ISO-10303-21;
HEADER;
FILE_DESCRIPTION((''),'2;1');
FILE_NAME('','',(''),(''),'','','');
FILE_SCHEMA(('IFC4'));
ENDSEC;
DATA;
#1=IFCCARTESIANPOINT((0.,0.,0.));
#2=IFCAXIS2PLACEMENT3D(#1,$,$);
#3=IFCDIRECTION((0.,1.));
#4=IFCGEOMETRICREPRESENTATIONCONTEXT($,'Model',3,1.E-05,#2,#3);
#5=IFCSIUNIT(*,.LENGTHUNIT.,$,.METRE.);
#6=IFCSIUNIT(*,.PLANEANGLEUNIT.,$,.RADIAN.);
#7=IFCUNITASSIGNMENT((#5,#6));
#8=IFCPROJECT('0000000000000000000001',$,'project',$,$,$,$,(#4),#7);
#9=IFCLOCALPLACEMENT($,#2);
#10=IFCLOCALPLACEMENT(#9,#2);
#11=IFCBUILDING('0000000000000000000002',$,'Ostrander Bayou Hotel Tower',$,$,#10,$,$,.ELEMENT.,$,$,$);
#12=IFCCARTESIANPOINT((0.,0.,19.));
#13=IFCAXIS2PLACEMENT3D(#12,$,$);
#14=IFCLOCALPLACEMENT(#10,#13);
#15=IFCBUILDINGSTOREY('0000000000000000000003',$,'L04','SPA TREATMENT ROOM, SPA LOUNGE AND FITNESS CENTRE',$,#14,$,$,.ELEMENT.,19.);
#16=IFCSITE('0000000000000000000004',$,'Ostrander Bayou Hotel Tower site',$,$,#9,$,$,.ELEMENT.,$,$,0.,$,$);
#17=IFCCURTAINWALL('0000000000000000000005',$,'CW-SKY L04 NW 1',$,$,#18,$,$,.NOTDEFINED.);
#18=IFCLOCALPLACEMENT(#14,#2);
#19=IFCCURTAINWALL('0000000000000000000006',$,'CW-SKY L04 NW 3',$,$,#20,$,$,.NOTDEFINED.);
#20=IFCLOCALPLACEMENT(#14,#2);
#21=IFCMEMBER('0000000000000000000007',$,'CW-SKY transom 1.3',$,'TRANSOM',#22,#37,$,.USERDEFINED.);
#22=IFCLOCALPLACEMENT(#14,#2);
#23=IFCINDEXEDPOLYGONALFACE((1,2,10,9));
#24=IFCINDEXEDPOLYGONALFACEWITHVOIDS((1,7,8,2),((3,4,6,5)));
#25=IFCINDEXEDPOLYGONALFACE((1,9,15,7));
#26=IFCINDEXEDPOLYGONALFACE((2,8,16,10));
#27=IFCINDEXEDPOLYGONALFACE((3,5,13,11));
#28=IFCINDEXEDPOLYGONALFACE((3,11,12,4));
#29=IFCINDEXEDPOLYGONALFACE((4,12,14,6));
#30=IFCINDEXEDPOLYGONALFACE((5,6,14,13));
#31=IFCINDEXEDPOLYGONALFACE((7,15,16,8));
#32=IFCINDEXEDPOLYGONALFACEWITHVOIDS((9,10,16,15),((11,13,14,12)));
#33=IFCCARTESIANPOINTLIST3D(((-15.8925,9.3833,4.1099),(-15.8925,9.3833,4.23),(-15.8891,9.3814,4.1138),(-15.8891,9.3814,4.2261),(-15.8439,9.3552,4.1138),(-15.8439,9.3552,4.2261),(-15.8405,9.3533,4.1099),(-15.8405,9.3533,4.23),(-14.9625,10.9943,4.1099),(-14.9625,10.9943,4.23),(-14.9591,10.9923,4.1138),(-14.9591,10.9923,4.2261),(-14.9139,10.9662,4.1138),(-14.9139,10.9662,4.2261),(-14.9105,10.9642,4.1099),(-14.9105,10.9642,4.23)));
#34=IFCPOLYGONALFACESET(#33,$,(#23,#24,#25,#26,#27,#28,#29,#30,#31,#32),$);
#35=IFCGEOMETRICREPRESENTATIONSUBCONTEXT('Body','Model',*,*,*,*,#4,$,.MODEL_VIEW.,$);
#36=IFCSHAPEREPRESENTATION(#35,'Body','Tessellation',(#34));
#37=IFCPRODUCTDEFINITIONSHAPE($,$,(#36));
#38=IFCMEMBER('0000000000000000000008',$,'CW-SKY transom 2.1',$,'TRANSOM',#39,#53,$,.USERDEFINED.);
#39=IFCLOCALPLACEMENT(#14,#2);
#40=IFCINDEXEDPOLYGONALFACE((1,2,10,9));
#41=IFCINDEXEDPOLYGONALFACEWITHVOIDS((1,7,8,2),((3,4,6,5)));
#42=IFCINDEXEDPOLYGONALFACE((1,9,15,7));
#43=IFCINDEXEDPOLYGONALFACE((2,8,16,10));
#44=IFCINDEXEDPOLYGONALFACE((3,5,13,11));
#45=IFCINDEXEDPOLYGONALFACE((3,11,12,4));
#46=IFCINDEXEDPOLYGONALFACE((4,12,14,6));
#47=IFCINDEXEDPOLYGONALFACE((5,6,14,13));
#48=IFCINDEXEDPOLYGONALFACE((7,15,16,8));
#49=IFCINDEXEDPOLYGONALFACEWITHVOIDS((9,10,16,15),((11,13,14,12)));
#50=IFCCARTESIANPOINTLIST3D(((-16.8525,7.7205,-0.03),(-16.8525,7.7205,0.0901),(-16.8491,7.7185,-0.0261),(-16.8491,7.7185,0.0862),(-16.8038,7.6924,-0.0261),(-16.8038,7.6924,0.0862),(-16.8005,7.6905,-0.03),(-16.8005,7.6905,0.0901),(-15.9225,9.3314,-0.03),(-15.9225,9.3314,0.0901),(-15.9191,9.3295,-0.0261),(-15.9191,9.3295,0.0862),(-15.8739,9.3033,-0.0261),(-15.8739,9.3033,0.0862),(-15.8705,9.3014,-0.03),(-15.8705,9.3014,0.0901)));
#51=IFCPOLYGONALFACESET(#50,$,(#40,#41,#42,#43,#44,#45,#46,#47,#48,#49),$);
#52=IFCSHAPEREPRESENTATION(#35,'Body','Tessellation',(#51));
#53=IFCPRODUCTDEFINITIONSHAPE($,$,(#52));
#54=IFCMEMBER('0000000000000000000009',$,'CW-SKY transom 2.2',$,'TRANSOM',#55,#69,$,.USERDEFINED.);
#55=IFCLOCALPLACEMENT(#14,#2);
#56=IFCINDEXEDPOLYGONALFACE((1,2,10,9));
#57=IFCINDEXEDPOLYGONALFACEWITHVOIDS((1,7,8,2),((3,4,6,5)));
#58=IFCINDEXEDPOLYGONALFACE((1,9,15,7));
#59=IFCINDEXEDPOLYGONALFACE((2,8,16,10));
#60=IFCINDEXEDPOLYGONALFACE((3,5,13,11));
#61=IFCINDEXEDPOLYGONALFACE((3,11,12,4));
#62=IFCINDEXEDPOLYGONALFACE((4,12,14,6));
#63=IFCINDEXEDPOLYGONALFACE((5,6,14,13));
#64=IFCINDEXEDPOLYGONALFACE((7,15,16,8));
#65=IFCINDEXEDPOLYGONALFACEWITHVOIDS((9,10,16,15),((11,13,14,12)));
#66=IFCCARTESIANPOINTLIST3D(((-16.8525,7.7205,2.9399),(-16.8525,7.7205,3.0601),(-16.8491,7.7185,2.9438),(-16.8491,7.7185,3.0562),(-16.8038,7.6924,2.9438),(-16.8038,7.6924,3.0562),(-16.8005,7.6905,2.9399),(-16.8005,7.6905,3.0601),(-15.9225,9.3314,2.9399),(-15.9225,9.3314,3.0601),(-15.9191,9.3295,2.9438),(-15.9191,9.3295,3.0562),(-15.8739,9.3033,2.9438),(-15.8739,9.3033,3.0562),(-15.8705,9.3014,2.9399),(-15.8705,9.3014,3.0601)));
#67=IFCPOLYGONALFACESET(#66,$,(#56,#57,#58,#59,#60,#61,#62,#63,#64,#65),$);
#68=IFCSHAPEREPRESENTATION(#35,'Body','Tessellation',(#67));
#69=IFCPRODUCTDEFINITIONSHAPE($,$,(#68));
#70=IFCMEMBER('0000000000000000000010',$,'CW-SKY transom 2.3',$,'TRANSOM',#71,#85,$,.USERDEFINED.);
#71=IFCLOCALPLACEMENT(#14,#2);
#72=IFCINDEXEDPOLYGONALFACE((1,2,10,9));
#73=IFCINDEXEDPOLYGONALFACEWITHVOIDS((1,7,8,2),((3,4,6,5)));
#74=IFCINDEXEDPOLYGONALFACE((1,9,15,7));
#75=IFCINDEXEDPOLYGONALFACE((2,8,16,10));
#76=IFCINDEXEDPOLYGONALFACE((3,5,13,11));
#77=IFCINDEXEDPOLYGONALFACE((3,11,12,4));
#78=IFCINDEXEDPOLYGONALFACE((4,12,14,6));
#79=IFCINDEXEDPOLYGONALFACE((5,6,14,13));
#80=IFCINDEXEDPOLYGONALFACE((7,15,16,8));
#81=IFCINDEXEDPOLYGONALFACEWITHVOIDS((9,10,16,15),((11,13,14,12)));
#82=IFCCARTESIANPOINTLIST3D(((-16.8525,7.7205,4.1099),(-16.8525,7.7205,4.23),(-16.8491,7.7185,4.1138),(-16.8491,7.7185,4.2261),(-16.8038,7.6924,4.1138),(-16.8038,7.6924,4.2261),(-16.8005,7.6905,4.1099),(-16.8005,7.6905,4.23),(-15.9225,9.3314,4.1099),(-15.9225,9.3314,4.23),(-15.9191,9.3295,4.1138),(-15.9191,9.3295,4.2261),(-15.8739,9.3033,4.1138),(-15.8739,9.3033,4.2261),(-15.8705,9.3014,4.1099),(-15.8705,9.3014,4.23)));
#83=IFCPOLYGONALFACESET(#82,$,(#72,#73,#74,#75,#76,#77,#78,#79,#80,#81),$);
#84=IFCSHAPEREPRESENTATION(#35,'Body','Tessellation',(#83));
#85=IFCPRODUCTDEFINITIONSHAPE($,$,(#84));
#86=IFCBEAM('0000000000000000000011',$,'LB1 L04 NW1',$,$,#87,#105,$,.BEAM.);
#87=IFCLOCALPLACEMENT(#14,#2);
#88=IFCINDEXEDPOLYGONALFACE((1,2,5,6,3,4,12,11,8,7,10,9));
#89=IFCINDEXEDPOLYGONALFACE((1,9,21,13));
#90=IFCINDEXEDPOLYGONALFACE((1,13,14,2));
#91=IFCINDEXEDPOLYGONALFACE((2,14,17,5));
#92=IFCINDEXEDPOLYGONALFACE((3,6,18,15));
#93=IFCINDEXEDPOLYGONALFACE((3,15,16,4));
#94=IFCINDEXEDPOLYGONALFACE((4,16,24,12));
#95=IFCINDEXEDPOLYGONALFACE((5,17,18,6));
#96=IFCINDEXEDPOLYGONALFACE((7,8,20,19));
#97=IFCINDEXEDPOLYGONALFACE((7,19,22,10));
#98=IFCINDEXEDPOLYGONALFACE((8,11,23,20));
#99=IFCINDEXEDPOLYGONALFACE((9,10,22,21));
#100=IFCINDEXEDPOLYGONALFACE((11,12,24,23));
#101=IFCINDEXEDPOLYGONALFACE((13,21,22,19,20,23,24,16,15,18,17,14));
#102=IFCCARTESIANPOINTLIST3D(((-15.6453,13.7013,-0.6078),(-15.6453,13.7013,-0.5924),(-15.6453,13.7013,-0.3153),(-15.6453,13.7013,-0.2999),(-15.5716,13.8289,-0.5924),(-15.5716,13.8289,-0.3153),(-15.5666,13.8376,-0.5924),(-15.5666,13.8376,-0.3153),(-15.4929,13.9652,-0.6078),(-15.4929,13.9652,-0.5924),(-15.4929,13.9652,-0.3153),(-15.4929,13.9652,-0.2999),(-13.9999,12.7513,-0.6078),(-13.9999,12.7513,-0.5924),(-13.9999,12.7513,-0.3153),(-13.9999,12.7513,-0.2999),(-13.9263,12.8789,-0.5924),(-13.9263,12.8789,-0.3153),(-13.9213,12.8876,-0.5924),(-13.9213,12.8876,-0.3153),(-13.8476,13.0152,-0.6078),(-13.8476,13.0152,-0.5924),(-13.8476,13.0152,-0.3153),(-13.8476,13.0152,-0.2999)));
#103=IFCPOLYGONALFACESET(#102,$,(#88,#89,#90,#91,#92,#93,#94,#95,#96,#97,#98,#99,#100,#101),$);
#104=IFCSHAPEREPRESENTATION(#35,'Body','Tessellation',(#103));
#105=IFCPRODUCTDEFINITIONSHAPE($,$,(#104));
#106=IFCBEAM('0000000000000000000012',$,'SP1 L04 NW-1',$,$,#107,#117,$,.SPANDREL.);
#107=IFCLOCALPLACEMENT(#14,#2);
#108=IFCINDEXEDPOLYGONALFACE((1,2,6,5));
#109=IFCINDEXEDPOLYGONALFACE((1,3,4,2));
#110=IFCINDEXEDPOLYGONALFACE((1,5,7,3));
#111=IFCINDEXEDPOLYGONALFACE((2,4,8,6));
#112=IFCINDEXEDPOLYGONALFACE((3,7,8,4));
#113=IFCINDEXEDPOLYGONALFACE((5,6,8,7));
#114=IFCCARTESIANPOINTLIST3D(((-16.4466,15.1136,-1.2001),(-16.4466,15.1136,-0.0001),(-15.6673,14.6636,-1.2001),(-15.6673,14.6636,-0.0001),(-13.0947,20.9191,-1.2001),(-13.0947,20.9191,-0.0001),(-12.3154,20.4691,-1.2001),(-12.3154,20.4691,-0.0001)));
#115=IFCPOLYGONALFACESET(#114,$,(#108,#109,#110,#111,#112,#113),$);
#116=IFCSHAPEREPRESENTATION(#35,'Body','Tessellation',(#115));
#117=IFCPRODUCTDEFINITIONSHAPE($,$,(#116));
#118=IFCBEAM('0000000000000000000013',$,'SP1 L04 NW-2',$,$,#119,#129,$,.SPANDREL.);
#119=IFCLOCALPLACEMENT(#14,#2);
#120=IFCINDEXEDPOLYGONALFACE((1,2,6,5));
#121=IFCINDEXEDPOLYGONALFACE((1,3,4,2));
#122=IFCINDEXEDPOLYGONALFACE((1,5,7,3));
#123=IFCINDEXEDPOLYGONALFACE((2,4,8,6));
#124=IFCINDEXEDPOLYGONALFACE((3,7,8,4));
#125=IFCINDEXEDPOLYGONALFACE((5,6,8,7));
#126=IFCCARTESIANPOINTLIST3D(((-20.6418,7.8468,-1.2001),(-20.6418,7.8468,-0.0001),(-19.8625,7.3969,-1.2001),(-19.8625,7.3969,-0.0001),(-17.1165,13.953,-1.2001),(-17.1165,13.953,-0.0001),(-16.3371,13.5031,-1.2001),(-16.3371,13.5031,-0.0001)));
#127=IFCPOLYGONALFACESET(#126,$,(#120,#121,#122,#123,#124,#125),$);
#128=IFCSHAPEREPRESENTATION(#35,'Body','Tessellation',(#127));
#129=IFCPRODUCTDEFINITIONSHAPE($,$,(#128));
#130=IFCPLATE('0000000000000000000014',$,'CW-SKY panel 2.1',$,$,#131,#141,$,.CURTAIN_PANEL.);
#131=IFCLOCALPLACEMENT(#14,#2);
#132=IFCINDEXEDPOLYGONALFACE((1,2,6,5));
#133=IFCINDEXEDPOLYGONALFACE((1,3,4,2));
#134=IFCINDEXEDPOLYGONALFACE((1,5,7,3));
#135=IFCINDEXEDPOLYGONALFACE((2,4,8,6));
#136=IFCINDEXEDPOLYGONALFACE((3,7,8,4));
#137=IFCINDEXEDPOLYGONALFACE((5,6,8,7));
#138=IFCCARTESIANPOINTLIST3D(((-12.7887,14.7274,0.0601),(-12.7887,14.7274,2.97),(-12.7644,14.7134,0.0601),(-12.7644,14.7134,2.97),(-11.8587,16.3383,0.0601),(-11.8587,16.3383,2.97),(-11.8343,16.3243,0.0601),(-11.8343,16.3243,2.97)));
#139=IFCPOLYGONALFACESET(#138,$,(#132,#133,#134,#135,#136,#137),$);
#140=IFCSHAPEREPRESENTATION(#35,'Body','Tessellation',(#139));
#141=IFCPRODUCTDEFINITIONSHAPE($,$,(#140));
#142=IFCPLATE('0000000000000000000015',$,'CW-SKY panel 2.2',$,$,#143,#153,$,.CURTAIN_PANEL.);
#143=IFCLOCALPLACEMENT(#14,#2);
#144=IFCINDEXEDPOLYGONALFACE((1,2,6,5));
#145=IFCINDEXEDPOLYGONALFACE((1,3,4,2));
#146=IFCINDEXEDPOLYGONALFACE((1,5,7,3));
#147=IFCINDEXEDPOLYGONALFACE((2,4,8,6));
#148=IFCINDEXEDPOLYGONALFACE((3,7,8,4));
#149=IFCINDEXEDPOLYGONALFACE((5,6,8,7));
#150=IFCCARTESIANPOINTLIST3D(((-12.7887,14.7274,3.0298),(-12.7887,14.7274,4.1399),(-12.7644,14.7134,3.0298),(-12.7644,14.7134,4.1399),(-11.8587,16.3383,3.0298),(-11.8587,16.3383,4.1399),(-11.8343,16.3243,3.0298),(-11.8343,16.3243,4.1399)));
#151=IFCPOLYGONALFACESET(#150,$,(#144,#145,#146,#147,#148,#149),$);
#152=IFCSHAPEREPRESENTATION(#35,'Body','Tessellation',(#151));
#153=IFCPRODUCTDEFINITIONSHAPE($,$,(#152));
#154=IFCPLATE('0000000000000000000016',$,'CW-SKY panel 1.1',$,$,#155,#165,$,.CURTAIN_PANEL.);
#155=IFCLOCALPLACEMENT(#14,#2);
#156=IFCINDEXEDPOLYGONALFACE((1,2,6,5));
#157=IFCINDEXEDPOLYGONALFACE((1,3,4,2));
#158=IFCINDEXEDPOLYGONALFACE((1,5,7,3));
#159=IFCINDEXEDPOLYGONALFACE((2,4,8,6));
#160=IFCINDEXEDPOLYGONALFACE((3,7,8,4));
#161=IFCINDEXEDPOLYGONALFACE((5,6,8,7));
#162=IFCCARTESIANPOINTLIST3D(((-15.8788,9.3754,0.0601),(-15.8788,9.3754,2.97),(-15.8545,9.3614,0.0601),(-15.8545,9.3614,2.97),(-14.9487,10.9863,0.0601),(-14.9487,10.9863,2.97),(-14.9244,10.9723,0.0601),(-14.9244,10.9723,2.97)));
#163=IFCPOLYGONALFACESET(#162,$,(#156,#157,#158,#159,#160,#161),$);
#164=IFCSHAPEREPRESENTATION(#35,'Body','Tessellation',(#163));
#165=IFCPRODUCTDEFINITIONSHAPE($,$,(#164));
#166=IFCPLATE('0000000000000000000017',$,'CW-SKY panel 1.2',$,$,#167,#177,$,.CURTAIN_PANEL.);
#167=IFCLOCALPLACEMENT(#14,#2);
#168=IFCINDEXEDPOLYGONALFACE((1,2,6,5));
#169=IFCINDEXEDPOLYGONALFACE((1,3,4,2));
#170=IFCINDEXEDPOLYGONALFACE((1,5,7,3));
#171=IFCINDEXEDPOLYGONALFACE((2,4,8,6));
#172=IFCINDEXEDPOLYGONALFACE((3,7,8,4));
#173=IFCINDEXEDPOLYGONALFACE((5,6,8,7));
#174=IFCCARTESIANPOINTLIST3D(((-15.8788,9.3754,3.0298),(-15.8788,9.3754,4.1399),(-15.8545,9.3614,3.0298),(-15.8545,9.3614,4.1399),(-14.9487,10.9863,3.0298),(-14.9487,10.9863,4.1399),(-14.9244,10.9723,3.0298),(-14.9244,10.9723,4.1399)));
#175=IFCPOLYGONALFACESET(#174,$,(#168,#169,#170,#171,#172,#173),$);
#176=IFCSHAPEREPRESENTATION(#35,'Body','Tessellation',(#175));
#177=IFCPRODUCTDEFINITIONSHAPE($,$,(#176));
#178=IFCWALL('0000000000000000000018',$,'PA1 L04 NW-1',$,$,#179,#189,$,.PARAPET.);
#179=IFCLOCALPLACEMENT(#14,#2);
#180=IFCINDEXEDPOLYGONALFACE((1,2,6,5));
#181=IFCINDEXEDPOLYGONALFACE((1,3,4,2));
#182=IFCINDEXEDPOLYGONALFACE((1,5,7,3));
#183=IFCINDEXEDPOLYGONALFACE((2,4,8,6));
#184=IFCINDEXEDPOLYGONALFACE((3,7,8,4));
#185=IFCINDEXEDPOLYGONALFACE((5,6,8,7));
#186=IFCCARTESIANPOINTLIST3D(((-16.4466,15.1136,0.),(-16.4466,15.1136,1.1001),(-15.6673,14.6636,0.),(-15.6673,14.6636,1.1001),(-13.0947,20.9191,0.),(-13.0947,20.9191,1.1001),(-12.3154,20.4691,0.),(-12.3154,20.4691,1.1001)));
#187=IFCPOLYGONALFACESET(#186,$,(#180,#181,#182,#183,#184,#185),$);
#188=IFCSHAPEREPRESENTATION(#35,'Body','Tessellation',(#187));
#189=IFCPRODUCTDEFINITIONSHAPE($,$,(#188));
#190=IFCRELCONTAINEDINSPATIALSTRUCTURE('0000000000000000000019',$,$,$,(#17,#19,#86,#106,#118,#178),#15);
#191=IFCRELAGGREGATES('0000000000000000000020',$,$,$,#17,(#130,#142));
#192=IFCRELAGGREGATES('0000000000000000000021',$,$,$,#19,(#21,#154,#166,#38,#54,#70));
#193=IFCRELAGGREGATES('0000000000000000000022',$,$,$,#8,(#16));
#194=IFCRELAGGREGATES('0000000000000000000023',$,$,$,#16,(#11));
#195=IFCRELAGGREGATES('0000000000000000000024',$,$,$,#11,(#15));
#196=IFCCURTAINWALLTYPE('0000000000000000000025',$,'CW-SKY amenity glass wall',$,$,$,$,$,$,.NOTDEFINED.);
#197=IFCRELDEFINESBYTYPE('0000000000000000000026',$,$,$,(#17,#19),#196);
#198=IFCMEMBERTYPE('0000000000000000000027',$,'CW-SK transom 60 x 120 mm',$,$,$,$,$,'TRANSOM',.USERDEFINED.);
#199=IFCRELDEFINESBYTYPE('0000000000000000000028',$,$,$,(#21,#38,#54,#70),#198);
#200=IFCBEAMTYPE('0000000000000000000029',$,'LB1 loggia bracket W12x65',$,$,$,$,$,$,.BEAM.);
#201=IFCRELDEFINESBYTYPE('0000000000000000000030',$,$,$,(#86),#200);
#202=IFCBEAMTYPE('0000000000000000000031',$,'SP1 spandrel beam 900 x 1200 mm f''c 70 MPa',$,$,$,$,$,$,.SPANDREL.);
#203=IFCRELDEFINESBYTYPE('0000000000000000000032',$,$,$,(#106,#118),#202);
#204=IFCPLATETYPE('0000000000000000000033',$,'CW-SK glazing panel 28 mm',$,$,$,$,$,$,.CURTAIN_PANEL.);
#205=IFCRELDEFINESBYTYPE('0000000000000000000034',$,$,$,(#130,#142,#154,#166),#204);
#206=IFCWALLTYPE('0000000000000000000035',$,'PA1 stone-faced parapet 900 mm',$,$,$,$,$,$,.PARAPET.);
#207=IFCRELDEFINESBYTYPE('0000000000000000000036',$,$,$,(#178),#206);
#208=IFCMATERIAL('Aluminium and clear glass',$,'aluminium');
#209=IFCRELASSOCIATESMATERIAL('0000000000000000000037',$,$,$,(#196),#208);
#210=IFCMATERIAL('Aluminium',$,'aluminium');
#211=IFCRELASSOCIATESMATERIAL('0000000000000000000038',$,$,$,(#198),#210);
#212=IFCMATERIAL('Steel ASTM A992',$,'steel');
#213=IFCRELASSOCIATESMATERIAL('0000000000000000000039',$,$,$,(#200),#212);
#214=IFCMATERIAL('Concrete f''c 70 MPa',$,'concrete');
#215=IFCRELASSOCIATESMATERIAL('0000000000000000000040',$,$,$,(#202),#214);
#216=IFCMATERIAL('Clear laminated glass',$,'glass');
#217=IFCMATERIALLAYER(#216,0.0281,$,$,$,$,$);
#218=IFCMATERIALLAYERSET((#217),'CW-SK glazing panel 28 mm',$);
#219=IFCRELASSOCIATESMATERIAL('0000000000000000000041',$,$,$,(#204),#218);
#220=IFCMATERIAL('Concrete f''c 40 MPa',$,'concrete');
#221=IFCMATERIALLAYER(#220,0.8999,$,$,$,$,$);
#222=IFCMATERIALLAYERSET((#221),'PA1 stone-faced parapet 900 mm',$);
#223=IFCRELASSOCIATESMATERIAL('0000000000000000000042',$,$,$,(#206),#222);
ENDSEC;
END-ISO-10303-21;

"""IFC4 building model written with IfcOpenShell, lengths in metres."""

from ifc_helpers import new_model, si_unit, direction, frame, frame_2d, origin, origin_2d, place, context, subcontext, project, spatial, rectangle, hollow_rectangle, i_section, extrude, material, layer, layer_set, material_profile, profile_set, type_object, element, aggregate, save


model = new_model("IFC4")

# Units and contexts
model_context = context("Model", 3, precision=1e-05, world=origin(), true_north=direction((0.0, 1.0)))
body_context = subcontext(model_context, "Body", "Model", "MODEL_VIEW")
ifc_project = project(units=[si_unit("LENGTHUNIT", "METRE"), si_unit("PLANEANGLEUNIT", "RADIAN")], contexts=[model_context])

# Site, building, storey
site_placement = place(None, origin())
site = spatial("IfcSite", under=ifc_project, at=site_placement, Name="Ostrander Bayou Hotel Tower site", CompositionType="ELEMENT", RefElevation=0.0)
building_placement = place(site_placement, origin())
building = spatial("IfcBuilding", under=site, at=building_placement, Name="Ostrander Bayou Hotel Tower", CompositionType="ELEMENT")
storey_placement = place(building_placement, frame((0.0, 0.0, 19.0)))
storey = spatial("IfcBuildingStorey", under=building, at=storey_placement, Name="L04", Description="SPA TREATMENT ROOM, SPA LOUNGE AND FITNESS CENTRE", CompositionType="ELEMENT", Elevation=19.0)

# Curtain wall
ifc_material_1 = material(Name="Aluminium and clear glass", Category="aluminium")
curtain_wall_type = type_object("IfcCurtainWallType", Name="CW-SKY amenity glass wall", PredefinedType="NOTDEFINED", material=ifc_material_1)
curtain_wall_1_placement = place(storey_placement, origin())
curtain_wall_1 = element("IfcCurtainWall", 1, at=curtain_wall_1_placement, inside=storey, type_object=curtain_wall_type, Name="CW-SKY L04 NW 1", PredefinedType="NOTDEFINED")

# Curtain wall
curtain_wall_2_placement = place(storey_placement, origin())
curtain_wall_2 = element("IfcCurtainWall", 2, at=curtain_wall_2_placement, inside=storey, type_object=curtain_wall_type, Name="CW-SKY L04 NW 3", PredefinedType="NOTDEFINED")

# Members
ifc_material_2 = material(Name="Aluminium", Category="aluminium")
ifc_material_profile_1 = material_profile(ifc_material_2, hollow_rectangle(XDim=0.0601, YDim=0.1201, WallThickness=0.0039, at=origin_2d()))
ifc_profile_set_1 = profile_set([ifc_material_profile_1], Name="Aluminium")
member_type_1 = type_object("IfcMemberType", Name="CW-SK transom 60 x 120 mm", ElementType="TRANSOM", PredefinedType="USERDEFINED", material=ifc_profile_set_1)
member_1_placement = place(storey_placement, frame((-14.9365, 10.9792, 4.1699), z_axis=(-0.499965, -0.866046, 0.0), x_axis=(0.866046, -0.499965, 0.0)))
member_1 = element("IfcMember", 3, at=member_1_placement, type_object=member_type_1, Name="CW-SKY transom 1.3", ObjectType="TRANSOM", PredefinedType="USERDEFINED", context=body_context, shape_type="SweptSolid", body=[
    extrude(hollow_rectangle(XDim=0.0601, YDim=0.1201, WallThickness=0.0039, at=origin_2d()), origin(), (0.0, 0.0, 1.0), 1.8601),
])
member_2_placement = place(storey_placement, frame((-15.8965, 9.3164, 0.03), z_axis=(-0.499965, -0.866046, 0.0), x_axis=(0.866046, -0.499965, 0.0)))
member_2 = element("IfcMember", 4, at=member_2_placement, type_object=member_type_1, Name="CW-SKY transom 2.1", ObjectType="TRANSOM", PredefinedType="USERDEFINED", context=body_context, shape_type="SweptSolid", body=[
    extrude(hollow_rectangle(XDim=0.0601, YDim=0.1201, WallThickness=0.0039, at=origin_2d()), origin(), (0.0, 0.0, 1.0), 1.8601),
])
member_3_placement = place(storey_placement, frame((-15.8965, 9.3164, 3.0), z_axis=(-0.499965, -0.866046, 0.0), x_axis=(0.866046, -0.499965, 0.0)))
member_3 = element("IfcMember", 5, at=member_3_placement, type_object=member_type_1, Name="CW-SKY transom 2.2", ObjectType="TRANSOM", PredefinedType="USERDEFINED", context=body_context, shape_type="SweptSolid", body=[
    extrude(hollow_rectangle(XDim=0.0601, YDim=0.1201, WallThickness=0.0039, at=origin_2d()), origin(), (0.0, 0.0, 1.0), 1.8601),
])
member_4_placement = place(storey_placement, frame((-15.8965, 9.3164, 4.1699), z_axis=(-0.499965, -0.866046, 0.0), x_axis=(0.866046, -0.499965, 0.0)))
member_4 = element("IfcMember", 6, at=member_4_placement, type_object=member_type_1, Name="CW-SKY transom 2.3", ObjectType="TRANSOM", PredefinedType="USERDEFINED", context=body_context, shape_type="SweptSolid", body=[
    extrude(hollow_rectangle(XDim=0.0601, YDim=0.1201, WallThickness=0.0039, at=origin_2d()), origin(), (0.0, 0.0, 1.0), 1.8601),
])

# Beams
ifc_material_3 = material(Name="Steel ASTM A992", Category="steel")
ifc_material_profile_2 = material_profile(ifc_material_3, i_section(OverallWidth=0.3047, OverallDepth=0.3079, WebThickness=0.01, FlangeThickness=0.0154, at=origin_2d()))
ifc_profile_set_2 = profile_set([ifc_material_profile_2], Name="Steel ASTM A992")
beam_type_1 = type_object("IfcBeamType", Name="LB1 loggia bracket W12x65", PredefinedType="BEAM", material=ifc_profile_set_2)
beam_1_placement = place(storey_placement, frame((-15.5691, 13.8333, -0.4539), z_axis=(0.866012, -0.500023, 0.0), x_axis=(0.500023, 0.866012, 0.0)))
element("IfcBeam", 7, at=beam_1_placement, inside=storey, type_object=beam_type_1, Name="LB1 L04 NW1", PredefinedType="BEAM", context=body_context, shape_type="SweptSolid", body=[
    extrude(i_section(OverallWidth=0.3047, OverallDepth=0.3079, WebThickness=0.01, FlangeThickness=0.0154, at=origin_2d()), origin(), (0.0, 0.0, 1.0), 1.8999),
])
ifc_material_4 = material(Name="Concrete f'c 70 MPa", Category="concrete")
ifc_material_profile_3 = material_profile(ifc_material_4, rectangle(XDim=0.8999, YDim=1.2, at=origin_2d()))
ifc_profile_set_3 = profile_set([ifc_material_profile_3], Name="Concrete f'c 70 MPa")
beam_type_2 = type_object("IfcBeamType", Name="SP1 spandrel beam 900 x 1200 mm f'c 70 MPa", PredefinedType="SPANDREL", material=ifc_profile_set_3)
beam_2_placement = place(storey_placement, frame((-12.7051, 20.6941, -0.6001), z_axis=(-0.500005, -0.866022, 0.0), x_axis=(0.866022, -0.500005, 0.0)))
element("IfcBeam", 8, at=beam_2_placement, inside=storey, type_object=beam_type_2, Name="SP1 L04 NW-1", PredefinedType="SPANDREL", context=body_context, shape_type="SweptSolid", body=[
    extrude(rectangle(XDim=0.8999, YDim=1.2, at=origin_2d()), origin(), (0.0, 0.0, 1.0), 6.7036),
])
beam_3_placement = place(storey_placement, frame((-16.7268, 13.728, -0.6001), z_axis=(-0.499997, -0.866027, 0.0), x_axis=(0.866027, -0.499997, 0.0)))
element("IfcBeam", 9, at=beam_3_placement, inside=storey, type_object=beam_type_2, Name="SP1 L04 NW-2", PredefinedType="SPANDREL", context=body_context, shape_type="SweptSolid", body=[
    extrude(rectangle(XDim=0.8999, YDim=1.2, at=origin_2d()), origin(), (0.0, 0.0, 1.0), 7.0508),
])

# Plates
ifc_material_5 = material(Name="Clear laminated glass", Category="glass")
ifc_layer_1 = layer(ifc_material_5, 0.0281)
ifc_layer_set_1 = layer_set([ifc_layer_1], Name="CW-SK glazing panel 28 mm")
plate_type = type_object("IfcPlateType", Name="CW-SK glazing panel 28 mm", PredefinedType="CURTAIN_PANEL", material=ifc_layer_set_1)
plate_1_placement = place(storey_placement, frame((-12.3115, 15.5259, 0.0601), z_axis=(0.0, 0.0, 1.0), x_axis=(-0.5, -0.866025, 0.0)))
plate_1 = element("IfcPlate", 10, at=plate_1_placement, type_object=plate_type, Name="CW-SKY panel 2.1", PredefinedType="CURTAIN_PANEL", context=body_context, shape_type="SweptSolid", body=[
    extrude(rectangle(XDim=1.8601, YDim=0.0281, at=origin_2d()), origin(), (0.0, 0.0, 1.0), 2.9099),
])
plate_2_placement = place(storey_placement, frame((-12.3115, 15.5259, 3.0298), z_axis=(0.0, 0.0, 1.0), x_axis=(-0.5, -0.866025, 0.0)))
plate_2 = element("IfcPlate", 11, at=plate_2_placement, type_object=plate_type, Name="CW-SKY panel 2.2", PredefinedType="CURTAIN_PANEL", context=body_context, shape_type="SweptSolid", body=[
    extrude(rectangle(XDim=1.8601, YDim=0.0281, at=origin_2d()), origin(), (0.0, 0.0, 1.0), 1.1101),
])
aggregate(curtain_wall_1, [plate_1, plate_2])
plate_3_placement = place(storey_placement, frame((-15.4016, 10.1738, 0.0601), z_axis=(0.0, 0.0, 1.0), x_axis=(-0.5, -0.866025, 0.0)))
plate_3 = element("IfcPlate", 12, at=plate_3_placement, type_object=plate_type, Name="CW-SKY panel 1.1", PredefinedType="CURTAIN_PANEL", context=body_context, shape_type="SweptSolid", body=[
    extrude(rectangle(XDim=1.8601, YDim=0.0281, at=origin_2d()), origin(), (0.0, 0.0, 1.0), 2.9099),
])
plate_4_placement = place(storey_placement, frame((-15.4016, 10.1738, 3.0298), z_axis=(0.0, 0.0, 1.0), x_axis=(-0.5, -0.866025, 0.0)))
plate_4 = element("IfcPlate", 13, at=plate_4_placement, type_object=plate_type, Name="CW-SKY panel 1.2", PredefinedType="CURTAIN_PANEL", context=body_context, shape_type="SweptSolid", body=[
    extrude(rectangle(XDim=1.8601, YDim=0.0281, at=origin_2d()), origin(), (0.0, 0.0, 1.0), 1.1101),
])
aggregate(curtain_wall_2, [member_1, plate_3, plate_4, member_2, member_3, member_4])

# Wall
ifc_material_6 = material(Name="Concrete f'c 40 MPa", Category="concrete")
ifc_layer_2 = layer(ifc_material_6, 0.8999)
ifc_layer_set_2 = layer_set([ifc_layer_2], Name="PA1 stone-faced parapet 900 mm")
wall_type_1 = type_object("IfcWallType", Name="PA1 stone-faced parapet 900 mm", PredefinedType="PARAPET", material=ifc_layer_set_2)
wall_1_placement = place(storey_placement, frame((-12.7051, 20.6941, 0.0), z_axis=(0.0, 0.0, 1.0), x_axis=(-0.500005, -0.866022, 0.0)))
element("IfcWall", 14, at=wall_1_placement, inside=storey, type_object=wall_type_1, Name="PA1 L04 NW-1", PredefinedType="PARAPET", context=body_context, shape_type="SweptSolid", body=[
    extrude(rectangle(XDim=6.7036, YDim=0.8999, at=frame_2d((3.3518, 0.0))), origin(), (0.0, 0.0, 1.0), 1.1001),
])

save(model, "model.ifc")
